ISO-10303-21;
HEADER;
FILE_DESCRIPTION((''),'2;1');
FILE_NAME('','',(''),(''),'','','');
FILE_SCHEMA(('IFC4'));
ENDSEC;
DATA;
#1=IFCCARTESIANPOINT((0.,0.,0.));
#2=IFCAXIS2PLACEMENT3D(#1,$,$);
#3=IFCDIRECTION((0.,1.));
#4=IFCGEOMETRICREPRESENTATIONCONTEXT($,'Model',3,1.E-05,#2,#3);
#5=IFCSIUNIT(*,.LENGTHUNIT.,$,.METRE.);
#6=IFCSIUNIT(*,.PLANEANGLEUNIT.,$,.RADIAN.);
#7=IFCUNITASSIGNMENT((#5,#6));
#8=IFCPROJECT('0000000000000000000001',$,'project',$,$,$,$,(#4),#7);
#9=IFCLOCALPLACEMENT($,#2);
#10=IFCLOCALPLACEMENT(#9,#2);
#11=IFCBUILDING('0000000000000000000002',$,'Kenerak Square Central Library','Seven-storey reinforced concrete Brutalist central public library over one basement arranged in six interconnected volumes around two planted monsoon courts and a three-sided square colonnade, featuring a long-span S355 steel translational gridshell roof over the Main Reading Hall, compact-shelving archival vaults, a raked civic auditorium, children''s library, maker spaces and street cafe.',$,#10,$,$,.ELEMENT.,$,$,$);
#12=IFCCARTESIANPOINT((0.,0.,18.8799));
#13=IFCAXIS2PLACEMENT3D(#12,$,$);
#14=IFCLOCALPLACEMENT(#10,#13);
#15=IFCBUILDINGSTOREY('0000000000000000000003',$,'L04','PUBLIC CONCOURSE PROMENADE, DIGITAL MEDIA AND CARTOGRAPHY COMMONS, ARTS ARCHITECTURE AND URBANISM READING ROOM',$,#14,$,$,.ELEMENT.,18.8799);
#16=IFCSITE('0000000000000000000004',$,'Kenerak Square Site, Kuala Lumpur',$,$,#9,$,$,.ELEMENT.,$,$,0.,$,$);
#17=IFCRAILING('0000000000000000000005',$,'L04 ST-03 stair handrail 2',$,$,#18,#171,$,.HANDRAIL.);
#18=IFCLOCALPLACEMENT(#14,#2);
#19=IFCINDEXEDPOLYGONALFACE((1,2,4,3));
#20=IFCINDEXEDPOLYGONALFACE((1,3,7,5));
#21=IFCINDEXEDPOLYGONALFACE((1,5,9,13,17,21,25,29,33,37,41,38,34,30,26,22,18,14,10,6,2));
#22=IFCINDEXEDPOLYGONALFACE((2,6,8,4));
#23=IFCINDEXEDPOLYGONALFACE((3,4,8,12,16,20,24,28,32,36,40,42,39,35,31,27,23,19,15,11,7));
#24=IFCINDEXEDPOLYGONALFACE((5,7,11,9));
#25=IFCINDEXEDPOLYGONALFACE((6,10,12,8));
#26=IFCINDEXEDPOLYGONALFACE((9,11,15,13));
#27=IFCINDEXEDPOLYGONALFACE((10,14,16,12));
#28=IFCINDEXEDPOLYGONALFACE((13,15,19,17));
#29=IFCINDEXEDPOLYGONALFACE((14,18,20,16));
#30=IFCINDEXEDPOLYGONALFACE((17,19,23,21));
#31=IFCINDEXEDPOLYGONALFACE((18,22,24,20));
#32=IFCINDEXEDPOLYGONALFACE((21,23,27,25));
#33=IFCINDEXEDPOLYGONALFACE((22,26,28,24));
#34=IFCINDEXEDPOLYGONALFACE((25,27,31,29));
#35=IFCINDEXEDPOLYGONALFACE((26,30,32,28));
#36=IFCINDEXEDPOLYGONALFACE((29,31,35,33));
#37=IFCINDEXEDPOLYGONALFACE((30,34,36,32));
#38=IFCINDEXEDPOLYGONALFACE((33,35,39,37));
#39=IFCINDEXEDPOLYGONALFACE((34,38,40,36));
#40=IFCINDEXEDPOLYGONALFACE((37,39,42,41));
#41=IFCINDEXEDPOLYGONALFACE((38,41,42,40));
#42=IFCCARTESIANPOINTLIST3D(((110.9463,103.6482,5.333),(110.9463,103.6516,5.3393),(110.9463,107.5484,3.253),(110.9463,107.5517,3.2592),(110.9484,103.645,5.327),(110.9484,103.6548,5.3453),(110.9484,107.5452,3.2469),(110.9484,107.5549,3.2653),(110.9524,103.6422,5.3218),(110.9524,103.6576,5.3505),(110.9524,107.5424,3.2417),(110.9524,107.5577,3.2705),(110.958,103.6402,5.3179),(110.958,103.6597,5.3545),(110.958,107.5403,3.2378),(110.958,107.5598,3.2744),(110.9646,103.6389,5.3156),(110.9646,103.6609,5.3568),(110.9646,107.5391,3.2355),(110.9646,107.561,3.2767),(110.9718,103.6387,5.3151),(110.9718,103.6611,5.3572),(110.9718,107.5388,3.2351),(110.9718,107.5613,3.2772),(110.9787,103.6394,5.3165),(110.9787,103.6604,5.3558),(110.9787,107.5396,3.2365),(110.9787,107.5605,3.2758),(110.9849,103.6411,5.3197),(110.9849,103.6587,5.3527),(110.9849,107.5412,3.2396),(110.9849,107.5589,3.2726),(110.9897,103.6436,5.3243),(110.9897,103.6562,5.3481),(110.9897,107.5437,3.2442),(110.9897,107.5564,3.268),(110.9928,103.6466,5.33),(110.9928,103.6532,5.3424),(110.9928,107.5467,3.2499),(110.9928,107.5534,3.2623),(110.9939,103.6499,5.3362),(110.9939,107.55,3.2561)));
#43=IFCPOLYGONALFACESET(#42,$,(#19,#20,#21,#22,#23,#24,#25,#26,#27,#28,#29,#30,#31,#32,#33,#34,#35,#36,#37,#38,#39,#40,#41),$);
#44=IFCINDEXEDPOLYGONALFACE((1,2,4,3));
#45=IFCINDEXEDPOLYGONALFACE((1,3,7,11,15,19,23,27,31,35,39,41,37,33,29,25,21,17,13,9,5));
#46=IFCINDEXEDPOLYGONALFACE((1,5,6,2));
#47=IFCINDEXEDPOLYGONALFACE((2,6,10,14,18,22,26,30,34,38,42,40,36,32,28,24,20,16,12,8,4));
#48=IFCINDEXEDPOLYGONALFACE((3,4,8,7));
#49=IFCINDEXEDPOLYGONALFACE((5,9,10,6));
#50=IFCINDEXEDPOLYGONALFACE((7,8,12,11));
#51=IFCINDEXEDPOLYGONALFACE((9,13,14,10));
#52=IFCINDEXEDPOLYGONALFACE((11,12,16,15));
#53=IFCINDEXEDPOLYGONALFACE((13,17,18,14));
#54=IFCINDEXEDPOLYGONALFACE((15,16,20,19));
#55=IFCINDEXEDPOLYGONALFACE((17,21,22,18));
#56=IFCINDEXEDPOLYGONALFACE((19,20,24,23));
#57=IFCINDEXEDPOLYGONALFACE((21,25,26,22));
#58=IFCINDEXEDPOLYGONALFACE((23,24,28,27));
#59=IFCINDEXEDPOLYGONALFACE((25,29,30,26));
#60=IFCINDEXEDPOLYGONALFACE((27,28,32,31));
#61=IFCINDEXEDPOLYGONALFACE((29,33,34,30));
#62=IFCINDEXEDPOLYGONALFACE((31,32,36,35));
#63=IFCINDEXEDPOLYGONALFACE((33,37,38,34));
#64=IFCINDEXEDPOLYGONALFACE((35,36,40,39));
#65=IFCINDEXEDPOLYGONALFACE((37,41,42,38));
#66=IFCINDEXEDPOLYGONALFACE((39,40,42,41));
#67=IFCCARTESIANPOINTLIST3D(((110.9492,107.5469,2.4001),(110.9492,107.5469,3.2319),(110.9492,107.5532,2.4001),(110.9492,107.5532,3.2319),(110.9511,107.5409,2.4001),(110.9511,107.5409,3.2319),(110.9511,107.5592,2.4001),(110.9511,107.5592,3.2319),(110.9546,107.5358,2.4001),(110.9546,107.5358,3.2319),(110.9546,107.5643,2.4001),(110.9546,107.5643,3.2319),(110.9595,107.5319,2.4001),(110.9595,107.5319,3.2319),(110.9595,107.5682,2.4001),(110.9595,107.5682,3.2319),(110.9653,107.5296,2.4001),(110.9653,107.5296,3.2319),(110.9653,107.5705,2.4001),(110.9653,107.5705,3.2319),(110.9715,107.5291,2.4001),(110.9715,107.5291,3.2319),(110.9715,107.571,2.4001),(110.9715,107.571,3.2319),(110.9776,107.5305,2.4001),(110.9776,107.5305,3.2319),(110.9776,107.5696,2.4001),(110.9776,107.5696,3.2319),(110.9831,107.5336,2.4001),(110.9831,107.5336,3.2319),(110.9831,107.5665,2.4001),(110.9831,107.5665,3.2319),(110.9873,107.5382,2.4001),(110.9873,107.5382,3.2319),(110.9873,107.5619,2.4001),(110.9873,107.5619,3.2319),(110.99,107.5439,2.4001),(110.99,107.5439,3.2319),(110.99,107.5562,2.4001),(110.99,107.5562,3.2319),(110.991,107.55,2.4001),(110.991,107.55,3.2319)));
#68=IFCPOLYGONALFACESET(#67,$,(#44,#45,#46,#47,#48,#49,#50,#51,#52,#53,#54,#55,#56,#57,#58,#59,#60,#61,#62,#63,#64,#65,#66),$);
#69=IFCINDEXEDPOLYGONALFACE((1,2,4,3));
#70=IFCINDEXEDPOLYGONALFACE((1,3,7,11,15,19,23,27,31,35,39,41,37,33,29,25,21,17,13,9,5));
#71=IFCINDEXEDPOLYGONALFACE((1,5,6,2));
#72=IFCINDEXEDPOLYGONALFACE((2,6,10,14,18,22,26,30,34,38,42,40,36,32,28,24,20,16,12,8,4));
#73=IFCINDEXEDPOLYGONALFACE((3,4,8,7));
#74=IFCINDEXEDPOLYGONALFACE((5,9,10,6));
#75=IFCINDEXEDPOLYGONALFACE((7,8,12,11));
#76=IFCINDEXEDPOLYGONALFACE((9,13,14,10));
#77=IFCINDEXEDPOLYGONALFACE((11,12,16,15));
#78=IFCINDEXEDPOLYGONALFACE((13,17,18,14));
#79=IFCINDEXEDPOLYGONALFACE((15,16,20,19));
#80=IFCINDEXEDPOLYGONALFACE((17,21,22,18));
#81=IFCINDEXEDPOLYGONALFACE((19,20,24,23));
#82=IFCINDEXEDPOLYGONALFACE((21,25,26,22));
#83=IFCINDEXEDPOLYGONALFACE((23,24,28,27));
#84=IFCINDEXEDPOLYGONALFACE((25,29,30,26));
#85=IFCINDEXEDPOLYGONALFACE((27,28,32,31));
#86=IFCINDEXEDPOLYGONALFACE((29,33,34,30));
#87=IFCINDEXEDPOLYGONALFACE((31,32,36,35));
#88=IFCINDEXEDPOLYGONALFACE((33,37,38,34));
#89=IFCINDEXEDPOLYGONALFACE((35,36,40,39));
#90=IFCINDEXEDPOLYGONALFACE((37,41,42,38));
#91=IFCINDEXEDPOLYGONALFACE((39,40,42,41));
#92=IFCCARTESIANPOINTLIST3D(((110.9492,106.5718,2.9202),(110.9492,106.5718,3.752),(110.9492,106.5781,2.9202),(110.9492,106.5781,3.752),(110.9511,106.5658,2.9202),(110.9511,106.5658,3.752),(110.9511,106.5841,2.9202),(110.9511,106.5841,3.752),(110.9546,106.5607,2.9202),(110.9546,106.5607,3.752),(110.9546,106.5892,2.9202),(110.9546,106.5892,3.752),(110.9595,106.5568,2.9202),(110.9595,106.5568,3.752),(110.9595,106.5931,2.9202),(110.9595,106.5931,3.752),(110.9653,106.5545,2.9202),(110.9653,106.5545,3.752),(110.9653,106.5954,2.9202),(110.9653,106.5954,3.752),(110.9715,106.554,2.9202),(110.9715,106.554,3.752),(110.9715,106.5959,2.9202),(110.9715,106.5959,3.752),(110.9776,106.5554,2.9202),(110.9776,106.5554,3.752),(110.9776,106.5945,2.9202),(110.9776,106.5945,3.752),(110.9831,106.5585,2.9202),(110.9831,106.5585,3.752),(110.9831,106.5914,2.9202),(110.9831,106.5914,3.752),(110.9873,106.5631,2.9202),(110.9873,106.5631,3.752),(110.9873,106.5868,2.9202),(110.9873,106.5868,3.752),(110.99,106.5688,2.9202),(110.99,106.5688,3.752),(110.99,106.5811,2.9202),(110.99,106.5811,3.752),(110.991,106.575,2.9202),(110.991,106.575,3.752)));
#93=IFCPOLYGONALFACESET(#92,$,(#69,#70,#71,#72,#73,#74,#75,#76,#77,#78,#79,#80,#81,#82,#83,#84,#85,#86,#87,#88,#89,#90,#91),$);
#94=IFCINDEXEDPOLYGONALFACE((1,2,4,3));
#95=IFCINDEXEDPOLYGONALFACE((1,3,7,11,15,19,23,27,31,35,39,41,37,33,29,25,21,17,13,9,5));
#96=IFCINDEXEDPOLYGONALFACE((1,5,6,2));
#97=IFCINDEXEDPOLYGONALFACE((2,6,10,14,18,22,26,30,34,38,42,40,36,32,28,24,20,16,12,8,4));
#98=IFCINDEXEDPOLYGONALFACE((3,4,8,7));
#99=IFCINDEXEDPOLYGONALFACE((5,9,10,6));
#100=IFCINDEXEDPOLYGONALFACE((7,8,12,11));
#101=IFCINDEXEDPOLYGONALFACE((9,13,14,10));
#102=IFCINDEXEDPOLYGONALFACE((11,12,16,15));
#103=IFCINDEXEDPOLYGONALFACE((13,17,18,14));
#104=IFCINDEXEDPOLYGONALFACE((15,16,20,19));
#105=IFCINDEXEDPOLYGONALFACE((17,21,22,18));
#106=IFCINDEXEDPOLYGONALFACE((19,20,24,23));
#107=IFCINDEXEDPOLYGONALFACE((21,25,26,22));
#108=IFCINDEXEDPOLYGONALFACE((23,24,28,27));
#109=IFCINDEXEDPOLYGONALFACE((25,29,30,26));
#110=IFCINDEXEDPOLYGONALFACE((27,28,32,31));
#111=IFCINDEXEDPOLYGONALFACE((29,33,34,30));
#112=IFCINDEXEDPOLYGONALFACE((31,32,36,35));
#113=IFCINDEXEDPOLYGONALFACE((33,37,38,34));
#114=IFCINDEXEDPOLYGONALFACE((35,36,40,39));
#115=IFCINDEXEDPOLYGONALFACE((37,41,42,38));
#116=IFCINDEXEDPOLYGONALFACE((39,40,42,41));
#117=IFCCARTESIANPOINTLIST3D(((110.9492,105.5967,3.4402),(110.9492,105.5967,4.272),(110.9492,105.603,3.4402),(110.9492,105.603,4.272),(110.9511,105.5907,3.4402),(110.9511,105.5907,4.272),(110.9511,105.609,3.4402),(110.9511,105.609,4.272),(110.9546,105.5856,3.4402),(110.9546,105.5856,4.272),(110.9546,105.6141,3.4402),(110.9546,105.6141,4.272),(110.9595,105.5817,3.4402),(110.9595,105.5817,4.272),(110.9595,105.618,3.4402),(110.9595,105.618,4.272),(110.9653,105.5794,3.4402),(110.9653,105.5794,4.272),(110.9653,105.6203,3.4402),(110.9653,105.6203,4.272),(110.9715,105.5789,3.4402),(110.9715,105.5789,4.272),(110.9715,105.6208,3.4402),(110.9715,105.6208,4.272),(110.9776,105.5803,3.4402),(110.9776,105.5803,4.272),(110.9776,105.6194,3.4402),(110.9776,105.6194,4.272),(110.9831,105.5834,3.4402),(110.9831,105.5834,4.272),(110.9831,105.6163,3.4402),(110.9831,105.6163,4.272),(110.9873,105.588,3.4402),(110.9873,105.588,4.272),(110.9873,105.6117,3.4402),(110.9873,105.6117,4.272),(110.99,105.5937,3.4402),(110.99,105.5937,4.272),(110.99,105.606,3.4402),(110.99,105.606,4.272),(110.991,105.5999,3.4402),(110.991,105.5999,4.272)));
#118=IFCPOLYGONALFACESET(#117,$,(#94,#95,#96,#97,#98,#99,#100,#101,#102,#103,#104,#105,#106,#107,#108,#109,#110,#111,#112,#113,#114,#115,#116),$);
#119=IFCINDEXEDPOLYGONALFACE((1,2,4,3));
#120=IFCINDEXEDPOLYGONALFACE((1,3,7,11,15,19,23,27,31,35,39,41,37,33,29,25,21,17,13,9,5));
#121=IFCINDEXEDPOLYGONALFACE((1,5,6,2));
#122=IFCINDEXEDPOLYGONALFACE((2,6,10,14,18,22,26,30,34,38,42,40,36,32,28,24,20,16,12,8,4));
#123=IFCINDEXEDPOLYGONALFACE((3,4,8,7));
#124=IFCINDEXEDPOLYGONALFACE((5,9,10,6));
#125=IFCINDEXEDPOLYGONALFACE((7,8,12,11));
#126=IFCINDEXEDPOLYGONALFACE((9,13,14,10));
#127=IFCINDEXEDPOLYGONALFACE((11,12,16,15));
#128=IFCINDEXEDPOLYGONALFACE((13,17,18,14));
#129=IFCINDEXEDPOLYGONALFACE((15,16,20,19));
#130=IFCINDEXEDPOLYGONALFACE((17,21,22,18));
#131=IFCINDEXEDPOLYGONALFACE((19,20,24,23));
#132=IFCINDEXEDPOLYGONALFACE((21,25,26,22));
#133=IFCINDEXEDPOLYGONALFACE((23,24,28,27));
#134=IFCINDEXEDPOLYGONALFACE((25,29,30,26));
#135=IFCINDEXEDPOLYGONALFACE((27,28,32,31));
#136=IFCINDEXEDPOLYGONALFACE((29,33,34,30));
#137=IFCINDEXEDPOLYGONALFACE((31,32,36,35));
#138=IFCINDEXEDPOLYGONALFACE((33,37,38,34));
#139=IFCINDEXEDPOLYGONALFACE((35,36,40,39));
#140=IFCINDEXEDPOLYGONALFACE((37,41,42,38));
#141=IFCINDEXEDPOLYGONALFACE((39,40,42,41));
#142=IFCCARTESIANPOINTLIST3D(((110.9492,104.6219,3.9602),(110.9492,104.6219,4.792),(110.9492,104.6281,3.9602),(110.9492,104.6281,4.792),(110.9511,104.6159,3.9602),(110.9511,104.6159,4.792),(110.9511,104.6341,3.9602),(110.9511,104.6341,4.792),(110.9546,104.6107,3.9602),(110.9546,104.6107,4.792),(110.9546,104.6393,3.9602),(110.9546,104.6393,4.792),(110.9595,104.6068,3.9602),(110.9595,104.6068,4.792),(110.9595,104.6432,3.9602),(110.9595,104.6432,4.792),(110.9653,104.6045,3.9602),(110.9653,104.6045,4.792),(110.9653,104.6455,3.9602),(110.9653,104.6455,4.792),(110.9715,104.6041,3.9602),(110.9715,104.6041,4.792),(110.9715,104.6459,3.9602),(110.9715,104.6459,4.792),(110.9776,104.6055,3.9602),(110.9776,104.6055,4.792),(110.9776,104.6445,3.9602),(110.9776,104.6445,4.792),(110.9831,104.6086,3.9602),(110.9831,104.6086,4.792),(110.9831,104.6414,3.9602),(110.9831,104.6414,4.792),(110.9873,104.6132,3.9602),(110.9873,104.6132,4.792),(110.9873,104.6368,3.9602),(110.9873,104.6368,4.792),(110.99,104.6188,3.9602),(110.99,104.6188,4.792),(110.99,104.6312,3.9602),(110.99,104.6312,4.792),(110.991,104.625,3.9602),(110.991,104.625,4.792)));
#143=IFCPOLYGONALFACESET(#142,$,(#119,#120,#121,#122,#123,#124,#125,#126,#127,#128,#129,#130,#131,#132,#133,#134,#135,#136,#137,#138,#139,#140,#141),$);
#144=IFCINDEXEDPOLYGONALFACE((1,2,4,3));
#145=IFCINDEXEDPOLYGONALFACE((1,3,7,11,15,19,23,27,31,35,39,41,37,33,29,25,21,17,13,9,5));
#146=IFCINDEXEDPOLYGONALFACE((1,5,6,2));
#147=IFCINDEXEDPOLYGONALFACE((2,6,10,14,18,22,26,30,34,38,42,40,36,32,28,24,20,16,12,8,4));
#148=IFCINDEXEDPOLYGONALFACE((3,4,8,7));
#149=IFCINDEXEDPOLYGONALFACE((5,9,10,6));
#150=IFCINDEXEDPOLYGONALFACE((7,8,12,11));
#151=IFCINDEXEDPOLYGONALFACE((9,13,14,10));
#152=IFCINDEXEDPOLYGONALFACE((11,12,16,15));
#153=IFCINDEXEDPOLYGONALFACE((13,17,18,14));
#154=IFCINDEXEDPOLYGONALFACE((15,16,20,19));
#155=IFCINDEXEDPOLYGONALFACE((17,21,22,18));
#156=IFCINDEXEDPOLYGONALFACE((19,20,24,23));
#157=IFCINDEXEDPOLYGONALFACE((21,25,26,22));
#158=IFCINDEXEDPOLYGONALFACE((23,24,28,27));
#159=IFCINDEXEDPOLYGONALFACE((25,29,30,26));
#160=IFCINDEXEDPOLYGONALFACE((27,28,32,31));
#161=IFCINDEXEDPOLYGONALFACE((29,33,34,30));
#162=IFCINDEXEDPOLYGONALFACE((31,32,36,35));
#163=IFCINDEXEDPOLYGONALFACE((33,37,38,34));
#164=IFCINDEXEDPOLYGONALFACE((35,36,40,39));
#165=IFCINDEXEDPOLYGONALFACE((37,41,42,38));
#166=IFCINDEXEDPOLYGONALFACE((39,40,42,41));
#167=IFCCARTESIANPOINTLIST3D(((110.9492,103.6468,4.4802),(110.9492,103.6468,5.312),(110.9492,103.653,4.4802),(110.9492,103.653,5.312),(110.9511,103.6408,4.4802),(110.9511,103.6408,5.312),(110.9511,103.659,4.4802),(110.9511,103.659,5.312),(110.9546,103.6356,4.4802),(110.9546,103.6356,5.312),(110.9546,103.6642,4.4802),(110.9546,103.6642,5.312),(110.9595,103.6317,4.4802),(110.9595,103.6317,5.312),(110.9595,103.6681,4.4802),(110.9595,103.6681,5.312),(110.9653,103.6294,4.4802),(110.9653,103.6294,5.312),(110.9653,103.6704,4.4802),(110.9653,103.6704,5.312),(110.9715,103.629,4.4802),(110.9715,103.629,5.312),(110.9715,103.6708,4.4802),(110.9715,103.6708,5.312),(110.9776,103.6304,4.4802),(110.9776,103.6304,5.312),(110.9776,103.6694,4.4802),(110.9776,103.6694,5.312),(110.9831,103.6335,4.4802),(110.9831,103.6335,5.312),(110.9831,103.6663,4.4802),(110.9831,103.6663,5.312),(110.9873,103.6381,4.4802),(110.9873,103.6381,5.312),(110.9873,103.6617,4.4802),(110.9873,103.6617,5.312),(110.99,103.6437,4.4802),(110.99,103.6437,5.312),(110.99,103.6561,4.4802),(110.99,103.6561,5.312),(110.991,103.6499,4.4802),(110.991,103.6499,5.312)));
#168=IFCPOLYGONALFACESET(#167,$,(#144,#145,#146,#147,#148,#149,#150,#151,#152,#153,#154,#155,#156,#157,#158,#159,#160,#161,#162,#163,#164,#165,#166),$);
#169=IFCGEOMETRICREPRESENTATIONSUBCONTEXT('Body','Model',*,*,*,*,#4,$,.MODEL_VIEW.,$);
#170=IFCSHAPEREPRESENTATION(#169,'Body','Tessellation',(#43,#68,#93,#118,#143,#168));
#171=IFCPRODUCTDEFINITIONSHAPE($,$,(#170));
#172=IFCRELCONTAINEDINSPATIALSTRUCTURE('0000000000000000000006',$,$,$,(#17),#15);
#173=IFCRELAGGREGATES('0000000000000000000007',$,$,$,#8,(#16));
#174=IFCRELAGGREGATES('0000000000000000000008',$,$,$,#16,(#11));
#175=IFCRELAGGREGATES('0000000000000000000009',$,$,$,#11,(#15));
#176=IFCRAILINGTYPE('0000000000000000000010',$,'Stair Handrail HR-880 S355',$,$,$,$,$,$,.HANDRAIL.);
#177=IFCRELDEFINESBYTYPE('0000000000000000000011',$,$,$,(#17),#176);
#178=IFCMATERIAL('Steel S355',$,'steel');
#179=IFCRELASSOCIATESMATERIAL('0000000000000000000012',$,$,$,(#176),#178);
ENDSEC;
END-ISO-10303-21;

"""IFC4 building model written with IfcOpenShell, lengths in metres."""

from ifc_helpers import new_model, si_unit, direction, frame, origin, origin_2d, place, context, subcontext, project, spatial, circle, extrude, material, type_object, element, save


model = new_model("IFC4")

# Units and contexts
model_context = context("Model", 3, precision=1e-05, world=origin(), true_north=direction((0.0, 1.0)))
body_context = subcontext(model_context, "Body", "Model", "MODEL_VIEW")
ifc_project = project(units=[si_unit("LENGTHUNIT", "METRE"), si_unit("PLANEANGLEUNIT", "RADIAN")], contexts=[model_context])

# Site, building, storey
site_placement = place(None, origin())
site = spatial("IfcSite", under=ifc_project, at=site_placement, Name="Kenerak Square Site, Kuala Lumpur", CompositionType="ELEMENT", RefElevation=0.0)
building_placement = place(site_placement, origin())
building = spatial("IfcBuilding", under=site, at=building_placement, Name="Kenerak Square Central Library", Description="Seven-storey reinforced concrete Brutalist central public library over one basement arranged in six interconnected volumes around two planted monsoon courts and a three-sided square colonnade, featuring a long-span S355 steel translational gridshell roof over the Main Reading Hall, compact-shelving archival vaults, a raked civic auditorium, children's library, maker spaces and street cafe.", CompositionType="ELEMENT")
storey_placement = place(building_placement, frame((0.0, 0.0, 18.8799)))
storey = spatial("IfcBuildingStorey", under=building, at=storey_placement, Name="L04", Description="PUBLIC CONCOURSE PROMENADE, DIGITAL MEDIA AND CARTOGRAPHY COMMONS, ARTS ARCHITECTURE AND URBANISM READING ROOM", CompositionType="ELEMENT", Elevation=18.8799)

# Railing
ifc_material_1 = material(Name="Steel S355", Category="steel")
railing_type_1 = type_object("IfcRailingType", Name="Stair Handrail HR-880 S355", PredefinedType="HANDRAIL", material=ifc_material_1)
railing_1_placement = place(storey_placement, frame((110.97, 107.55, 2.4001)))
element("IfcRailing", 1, at=railing_1_placement, inside=storey, type_object=railing_type_1, Name="L04 ST-03 stair handrail 2", PredefinedType="HANDRAIL", context=body_context, shape_type="SweptSolid", body=[
    extrude(circle(Radius=0.0239, at=origin_2d()), frame((0.0, 0.0, 0.856), z_axis=(0.0, -0.882353, 0.470588), x_axis=(1.0, 0.0, 0.0)), (0.0, 0.0, 1.0), 4.4202),
    extrude(circle(Radius=0.021, at=origin_2d()), origin(), (0.0, 0.0, 1.0), 0.8318),
    extrude(circle(Radius=0.021, at=origin_2d()), frame((0.0, -0.9751, 0.52)), (0.0, 0.0, 1.0), 0.8318),
    extrude(circle(Radius=0.021, at=origin_2d()), frame((0.0, -1.9502, 1.04)), (0.0, 0.0, 1.0), 0.8318),
    extrude(circle(Radius=0.021, at=origin_2d()), frame((0.0, -2.925, 1.5601)), (0.0, 0.0, 1.0), 0.8318),
    extrude(circle(Radius=0.021, at=origin_2d()), frame((0.0, -3.9001, 2.0801)), (0.0, 0.0, 1.0), 0.8318),
])

save(model, "model.ifc")
